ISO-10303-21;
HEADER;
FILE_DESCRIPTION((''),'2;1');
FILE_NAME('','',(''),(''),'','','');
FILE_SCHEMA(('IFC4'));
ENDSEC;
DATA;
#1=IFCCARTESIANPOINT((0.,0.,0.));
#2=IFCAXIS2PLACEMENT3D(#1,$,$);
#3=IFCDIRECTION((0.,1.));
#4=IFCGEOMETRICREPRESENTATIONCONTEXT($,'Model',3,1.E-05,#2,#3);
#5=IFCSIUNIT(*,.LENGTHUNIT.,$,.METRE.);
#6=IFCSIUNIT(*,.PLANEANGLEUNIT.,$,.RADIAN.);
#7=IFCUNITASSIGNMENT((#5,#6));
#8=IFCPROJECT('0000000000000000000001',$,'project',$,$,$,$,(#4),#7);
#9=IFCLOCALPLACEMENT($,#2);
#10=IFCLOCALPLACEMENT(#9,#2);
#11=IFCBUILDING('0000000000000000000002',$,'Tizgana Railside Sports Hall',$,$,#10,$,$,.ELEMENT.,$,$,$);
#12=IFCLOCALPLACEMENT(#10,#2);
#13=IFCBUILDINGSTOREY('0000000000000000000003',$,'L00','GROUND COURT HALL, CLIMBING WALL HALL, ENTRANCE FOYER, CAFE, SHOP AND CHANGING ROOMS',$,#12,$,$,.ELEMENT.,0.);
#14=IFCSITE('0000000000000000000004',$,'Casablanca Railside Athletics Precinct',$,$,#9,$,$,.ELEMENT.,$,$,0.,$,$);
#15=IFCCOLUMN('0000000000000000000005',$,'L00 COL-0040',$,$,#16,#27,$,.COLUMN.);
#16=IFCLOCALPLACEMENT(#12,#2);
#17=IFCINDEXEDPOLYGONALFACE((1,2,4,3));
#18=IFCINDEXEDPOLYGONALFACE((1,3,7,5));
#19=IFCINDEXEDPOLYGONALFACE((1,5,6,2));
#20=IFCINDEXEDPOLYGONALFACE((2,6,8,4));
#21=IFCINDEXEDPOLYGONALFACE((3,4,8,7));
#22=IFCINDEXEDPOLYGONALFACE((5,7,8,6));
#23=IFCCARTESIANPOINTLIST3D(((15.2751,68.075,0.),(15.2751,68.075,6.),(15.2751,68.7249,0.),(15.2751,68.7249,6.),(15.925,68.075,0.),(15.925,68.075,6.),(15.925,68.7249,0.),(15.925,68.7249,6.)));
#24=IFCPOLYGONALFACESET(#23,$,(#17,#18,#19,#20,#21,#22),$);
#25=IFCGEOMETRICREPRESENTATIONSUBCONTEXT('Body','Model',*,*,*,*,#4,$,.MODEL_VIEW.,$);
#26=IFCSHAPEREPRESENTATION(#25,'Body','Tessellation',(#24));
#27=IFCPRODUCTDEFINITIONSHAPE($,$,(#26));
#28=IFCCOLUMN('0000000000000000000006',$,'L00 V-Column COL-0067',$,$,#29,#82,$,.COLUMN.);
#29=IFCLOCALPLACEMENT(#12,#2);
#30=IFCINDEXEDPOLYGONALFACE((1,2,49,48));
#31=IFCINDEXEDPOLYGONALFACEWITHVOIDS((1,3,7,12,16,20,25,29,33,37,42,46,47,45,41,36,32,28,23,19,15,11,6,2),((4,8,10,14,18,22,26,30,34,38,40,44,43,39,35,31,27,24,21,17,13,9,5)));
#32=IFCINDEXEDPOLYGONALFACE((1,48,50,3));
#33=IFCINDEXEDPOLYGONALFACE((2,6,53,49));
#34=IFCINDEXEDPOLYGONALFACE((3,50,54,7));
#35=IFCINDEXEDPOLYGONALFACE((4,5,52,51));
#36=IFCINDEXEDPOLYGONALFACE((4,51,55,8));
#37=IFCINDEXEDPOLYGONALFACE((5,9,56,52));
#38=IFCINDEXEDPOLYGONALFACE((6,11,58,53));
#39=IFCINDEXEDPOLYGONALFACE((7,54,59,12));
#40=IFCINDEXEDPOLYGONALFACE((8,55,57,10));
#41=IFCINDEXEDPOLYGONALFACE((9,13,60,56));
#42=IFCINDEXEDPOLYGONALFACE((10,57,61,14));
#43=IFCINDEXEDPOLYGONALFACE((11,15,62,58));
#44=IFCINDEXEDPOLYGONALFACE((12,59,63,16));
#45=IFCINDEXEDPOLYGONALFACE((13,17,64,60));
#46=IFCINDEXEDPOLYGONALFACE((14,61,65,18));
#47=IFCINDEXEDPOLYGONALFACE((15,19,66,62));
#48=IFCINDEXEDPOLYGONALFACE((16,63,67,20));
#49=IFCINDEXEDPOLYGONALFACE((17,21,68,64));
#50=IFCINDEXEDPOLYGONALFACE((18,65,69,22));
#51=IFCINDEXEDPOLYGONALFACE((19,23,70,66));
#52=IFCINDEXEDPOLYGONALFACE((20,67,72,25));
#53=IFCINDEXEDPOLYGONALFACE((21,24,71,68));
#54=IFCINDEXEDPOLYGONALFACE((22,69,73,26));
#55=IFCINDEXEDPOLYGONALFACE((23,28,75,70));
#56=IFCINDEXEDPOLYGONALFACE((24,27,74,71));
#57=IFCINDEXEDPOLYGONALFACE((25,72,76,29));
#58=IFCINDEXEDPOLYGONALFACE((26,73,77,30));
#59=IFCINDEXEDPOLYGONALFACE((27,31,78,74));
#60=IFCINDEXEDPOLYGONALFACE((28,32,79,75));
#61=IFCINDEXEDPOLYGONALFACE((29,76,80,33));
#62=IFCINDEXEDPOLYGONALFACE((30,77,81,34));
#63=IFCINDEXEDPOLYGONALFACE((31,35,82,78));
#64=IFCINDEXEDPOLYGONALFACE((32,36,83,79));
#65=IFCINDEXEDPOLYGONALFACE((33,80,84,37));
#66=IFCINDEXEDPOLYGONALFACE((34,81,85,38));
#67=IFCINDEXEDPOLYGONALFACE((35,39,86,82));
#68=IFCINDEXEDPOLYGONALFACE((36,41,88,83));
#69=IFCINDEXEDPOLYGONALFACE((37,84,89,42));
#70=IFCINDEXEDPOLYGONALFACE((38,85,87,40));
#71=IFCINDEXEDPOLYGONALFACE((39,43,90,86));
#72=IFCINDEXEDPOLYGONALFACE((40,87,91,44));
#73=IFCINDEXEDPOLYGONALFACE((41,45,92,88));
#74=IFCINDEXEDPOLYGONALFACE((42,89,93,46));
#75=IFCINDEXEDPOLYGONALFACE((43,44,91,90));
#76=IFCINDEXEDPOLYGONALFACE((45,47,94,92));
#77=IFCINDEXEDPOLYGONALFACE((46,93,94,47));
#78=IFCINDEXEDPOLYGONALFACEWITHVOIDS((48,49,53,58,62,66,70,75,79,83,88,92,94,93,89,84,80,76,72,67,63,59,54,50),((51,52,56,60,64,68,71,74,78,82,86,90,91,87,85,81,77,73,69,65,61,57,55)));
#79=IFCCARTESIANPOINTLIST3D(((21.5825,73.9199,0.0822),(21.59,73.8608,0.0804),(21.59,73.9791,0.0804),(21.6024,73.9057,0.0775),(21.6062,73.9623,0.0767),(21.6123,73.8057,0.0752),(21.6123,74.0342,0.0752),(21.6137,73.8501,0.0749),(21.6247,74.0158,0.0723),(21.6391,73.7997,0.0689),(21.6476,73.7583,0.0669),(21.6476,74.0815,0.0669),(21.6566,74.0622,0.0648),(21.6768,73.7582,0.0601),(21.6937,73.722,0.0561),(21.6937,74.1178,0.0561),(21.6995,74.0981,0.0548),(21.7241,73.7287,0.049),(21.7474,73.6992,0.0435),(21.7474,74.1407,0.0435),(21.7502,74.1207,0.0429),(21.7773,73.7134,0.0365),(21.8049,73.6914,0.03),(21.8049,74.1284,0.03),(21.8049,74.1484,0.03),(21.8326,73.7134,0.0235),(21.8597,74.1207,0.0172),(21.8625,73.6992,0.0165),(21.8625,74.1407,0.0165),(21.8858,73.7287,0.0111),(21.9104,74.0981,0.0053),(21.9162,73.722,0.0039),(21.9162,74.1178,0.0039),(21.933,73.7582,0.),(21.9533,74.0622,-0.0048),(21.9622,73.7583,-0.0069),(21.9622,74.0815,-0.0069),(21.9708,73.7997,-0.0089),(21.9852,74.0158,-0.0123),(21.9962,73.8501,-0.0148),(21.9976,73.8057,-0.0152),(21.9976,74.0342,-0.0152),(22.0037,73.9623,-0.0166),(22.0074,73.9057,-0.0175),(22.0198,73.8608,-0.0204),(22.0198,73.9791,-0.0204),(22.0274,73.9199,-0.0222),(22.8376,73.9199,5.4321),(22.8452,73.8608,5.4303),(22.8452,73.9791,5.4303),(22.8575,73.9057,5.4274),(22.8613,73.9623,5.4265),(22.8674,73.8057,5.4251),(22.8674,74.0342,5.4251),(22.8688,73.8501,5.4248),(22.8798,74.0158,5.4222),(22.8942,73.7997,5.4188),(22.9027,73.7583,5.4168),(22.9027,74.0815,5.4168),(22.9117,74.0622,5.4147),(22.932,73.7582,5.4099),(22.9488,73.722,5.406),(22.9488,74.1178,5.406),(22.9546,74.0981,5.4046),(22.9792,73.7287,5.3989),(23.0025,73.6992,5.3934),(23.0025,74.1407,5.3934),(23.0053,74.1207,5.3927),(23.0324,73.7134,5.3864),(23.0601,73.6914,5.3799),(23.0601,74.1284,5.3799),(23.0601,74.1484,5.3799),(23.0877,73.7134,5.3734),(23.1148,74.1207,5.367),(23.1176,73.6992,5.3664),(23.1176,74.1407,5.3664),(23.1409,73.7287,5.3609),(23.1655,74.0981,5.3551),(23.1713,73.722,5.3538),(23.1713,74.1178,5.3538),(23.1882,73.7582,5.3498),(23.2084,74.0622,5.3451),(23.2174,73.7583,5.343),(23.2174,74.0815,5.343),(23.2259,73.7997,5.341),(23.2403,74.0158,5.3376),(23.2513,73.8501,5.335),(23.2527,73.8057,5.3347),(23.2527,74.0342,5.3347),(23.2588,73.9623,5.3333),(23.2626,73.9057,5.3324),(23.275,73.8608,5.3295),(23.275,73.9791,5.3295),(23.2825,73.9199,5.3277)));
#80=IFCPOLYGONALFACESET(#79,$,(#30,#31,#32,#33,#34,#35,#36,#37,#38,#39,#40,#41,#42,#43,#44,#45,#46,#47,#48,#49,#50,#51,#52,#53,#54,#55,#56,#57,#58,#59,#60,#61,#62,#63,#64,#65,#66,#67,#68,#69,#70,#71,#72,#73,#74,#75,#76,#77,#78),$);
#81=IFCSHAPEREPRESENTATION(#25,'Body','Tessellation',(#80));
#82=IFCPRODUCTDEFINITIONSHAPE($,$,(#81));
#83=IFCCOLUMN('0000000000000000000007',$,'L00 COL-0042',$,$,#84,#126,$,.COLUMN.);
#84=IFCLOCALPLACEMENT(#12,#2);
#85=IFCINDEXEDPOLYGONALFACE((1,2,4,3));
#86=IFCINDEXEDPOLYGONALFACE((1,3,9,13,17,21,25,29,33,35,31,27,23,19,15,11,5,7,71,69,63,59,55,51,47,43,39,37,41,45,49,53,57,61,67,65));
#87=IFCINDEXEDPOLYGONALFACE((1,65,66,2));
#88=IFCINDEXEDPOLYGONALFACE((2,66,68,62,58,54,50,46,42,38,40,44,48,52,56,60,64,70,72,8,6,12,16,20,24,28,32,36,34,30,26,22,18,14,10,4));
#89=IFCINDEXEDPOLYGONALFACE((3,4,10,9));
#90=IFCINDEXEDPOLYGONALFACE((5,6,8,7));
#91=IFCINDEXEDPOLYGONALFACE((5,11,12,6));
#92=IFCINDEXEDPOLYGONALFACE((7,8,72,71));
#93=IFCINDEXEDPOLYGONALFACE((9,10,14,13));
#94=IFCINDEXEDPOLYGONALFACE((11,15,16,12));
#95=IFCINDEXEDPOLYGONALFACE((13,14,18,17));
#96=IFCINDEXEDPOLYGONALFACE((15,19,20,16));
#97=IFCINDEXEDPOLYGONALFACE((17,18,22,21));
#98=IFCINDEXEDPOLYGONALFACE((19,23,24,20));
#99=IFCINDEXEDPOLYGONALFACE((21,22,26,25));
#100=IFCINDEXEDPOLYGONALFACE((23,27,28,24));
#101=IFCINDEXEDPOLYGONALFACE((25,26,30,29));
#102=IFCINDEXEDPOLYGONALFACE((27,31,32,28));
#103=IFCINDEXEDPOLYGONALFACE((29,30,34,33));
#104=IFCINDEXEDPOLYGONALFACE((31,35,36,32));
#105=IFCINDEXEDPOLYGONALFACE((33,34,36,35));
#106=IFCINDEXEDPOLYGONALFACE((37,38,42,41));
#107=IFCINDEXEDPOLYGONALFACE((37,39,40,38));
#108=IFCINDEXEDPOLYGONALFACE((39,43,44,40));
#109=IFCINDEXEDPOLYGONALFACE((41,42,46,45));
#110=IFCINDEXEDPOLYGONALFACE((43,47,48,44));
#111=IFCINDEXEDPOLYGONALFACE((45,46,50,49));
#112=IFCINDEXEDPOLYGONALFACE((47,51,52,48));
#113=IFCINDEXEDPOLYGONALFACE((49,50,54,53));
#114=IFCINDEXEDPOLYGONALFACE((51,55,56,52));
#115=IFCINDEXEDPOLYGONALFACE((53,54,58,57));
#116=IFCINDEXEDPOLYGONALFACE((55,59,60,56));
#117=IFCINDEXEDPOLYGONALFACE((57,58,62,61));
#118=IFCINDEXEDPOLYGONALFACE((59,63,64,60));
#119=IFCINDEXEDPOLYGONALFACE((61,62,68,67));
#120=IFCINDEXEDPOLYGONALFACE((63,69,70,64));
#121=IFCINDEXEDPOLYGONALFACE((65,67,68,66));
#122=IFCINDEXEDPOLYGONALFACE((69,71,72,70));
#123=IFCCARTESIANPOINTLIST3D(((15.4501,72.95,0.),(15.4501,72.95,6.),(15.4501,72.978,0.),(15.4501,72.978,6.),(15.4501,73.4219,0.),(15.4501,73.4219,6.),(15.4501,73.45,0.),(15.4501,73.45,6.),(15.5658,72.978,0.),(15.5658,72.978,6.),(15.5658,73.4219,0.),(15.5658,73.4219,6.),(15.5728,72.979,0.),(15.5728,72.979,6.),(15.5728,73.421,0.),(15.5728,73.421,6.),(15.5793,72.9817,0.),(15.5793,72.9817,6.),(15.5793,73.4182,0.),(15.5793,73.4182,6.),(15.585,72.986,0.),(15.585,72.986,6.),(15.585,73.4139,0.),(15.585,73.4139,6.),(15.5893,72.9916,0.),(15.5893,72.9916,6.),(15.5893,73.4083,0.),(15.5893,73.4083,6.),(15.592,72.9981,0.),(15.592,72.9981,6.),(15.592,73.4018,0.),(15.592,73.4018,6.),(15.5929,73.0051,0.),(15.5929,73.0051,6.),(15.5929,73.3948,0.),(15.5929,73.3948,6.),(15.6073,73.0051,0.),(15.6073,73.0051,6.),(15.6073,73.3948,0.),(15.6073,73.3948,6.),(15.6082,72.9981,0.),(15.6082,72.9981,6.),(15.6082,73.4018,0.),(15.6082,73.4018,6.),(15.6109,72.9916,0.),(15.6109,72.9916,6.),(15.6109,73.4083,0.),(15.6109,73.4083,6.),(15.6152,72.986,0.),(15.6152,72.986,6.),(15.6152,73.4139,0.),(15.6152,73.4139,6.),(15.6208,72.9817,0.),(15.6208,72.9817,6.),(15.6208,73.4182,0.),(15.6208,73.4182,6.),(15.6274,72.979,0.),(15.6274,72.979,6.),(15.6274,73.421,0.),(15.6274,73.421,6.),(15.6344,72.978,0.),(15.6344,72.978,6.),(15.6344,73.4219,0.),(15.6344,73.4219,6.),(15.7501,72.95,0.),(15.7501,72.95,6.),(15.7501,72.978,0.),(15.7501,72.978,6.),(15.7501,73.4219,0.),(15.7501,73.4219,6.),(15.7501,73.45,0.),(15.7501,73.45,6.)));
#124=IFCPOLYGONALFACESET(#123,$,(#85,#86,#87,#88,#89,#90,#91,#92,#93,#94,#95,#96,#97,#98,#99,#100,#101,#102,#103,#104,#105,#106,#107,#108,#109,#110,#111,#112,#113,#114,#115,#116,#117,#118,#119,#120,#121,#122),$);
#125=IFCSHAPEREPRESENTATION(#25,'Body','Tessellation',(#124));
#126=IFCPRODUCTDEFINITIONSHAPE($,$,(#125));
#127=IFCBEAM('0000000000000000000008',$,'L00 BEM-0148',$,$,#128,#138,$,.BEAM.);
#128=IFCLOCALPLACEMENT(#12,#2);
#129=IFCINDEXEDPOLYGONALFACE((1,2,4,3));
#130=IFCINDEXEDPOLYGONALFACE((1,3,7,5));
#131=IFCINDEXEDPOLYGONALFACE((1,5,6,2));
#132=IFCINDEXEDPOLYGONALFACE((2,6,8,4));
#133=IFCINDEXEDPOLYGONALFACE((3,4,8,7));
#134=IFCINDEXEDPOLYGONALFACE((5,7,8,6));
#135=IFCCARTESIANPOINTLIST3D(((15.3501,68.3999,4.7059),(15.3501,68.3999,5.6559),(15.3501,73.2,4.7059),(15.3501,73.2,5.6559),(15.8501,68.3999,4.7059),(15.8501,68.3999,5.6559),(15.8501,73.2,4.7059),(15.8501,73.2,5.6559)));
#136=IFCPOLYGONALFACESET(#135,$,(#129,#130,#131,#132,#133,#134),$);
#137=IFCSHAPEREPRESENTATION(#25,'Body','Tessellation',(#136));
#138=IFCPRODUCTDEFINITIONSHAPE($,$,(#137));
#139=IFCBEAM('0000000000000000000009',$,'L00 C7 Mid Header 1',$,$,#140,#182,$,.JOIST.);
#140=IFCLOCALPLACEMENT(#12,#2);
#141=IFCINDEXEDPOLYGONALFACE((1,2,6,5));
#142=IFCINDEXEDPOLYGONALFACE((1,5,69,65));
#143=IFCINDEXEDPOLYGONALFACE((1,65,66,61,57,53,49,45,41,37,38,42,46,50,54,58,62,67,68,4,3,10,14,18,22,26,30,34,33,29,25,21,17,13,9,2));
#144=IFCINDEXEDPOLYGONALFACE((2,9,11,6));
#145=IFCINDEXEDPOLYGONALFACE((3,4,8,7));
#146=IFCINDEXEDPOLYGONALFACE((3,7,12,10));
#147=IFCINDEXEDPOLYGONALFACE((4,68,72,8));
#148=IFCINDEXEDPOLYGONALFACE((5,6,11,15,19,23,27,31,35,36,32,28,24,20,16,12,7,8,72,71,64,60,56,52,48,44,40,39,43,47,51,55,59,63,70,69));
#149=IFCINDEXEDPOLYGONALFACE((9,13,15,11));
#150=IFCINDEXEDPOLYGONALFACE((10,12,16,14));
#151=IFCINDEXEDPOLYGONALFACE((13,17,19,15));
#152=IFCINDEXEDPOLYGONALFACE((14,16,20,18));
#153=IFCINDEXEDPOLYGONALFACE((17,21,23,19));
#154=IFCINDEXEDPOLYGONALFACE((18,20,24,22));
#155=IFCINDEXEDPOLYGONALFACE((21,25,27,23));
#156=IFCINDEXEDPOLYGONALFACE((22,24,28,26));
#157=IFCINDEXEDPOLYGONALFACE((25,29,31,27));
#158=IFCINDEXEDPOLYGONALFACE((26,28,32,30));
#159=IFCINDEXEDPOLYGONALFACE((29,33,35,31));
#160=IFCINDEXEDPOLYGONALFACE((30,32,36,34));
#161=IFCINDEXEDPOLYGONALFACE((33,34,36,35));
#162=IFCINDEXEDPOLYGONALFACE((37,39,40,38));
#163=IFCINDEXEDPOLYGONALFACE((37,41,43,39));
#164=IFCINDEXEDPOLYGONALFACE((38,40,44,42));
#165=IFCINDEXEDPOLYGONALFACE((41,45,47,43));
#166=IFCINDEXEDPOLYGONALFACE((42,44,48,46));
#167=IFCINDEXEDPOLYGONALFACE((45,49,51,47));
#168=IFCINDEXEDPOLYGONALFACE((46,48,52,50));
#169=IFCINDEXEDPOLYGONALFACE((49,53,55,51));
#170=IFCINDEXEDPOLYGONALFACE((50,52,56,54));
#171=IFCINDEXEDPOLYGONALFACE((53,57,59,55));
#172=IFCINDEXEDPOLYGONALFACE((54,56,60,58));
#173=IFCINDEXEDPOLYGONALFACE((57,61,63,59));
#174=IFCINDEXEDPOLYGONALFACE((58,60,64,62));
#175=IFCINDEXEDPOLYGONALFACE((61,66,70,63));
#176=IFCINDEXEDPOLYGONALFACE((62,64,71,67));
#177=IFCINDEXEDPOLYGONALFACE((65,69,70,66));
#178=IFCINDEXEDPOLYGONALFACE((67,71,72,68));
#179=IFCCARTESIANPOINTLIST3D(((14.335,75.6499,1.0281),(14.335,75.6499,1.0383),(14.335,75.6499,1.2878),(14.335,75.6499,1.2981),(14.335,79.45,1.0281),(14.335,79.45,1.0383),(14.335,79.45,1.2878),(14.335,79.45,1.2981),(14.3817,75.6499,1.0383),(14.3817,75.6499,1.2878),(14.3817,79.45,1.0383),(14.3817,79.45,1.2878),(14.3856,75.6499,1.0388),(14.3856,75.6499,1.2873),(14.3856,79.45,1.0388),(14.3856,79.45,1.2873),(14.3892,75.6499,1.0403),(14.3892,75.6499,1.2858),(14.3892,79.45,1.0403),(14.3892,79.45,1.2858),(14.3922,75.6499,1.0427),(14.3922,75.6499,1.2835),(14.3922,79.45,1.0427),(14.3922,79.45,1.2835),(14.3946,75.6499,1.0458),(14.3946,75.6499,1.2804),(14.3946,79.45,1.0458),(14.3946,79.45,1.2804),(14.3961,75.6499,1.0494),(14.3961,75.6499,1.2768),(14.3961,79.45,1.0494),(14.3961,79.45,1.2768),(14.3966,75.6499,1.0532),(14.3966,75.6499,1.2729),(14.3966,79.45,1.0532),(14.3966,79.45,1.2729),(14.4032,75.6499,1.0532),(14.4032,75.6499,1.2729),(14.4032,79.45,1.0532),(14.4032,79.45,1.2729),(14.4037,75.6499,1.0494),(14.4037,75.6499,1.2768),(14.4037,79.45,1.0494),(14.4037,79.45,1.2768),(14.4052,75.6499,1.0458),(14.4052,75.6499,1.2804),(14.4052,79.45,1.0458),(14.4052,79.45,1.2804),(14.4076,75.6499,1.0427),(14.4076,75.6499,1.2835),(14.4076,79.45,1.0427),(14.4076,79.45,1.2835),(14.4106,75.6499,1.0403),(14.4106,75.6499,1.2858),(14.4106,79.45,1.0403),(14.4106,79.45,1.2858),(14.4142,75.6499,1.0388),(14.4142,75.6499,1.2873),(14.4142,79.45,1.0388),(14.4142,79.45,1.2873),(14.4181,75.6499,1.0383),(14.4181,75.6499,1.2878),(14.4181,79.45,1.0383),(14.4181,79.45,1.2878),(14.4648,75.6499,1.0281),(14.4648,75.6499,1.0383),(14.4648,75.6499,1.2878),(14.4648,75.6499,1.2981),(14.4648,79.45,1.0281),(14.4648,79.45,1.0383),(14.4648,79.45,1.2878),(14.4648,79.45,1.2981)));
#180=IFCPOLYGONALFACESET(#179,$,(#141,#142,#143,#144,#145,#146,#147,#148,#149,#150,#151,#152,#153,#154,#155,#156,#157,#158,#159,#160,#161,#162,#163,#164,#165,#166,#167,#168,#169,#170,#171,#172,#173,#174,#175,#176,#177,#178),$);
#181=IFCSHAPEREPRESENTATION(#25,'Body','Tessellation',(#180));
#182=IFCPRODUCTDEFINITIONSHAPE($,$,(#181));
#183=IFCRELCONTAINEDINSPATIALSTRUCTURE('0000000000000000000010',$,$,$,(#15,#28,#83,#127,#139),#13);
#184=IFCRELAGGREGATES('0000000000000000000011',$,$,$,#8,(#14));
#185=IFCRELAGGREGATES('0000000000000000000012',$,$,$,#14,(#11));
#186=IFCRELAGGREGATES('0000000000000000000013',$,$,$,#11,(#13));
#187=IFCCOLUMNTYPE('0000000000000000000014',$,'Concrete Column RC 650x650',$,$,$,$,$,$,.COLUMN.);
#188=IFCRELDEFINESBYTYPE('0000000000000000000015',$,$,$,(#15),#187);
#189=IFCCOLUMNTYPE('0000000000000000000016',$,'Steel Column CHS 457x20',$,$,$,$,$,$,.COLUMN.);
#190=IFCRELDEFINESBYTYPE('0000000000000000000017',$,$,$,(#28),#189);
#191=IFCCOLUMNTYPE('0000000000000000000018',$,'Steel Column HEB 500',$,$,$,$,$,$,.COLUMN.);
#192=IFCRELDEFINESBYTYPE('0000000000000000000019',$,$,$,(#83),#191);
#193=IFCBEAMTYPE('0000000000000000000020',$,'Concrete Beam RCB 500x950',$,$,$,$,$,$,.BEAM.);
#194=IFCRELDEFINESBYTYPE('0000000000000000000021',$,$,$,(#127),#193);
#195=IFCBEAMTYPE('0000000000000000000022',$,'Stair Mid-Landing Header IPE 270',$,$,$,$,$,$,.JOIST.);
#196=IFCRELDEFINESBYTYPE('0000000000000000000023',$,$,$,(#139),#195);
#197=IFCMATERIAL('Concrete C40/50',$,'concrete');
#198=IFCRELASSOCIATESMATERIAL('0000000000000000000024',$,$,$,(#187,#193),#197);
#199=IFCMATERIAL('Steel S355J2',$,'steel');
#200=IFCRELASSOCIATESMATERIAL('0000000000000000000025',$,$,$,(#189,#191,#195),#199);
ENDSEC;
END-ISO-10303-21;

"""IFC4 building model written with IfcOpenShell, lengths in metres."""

from ifc_helpers import new_model, si_unit, direction, frame, origin, origin_2d, place, context, subcontext, project, spatial, rectangle, hollow_circle, i_section, extrude, material, material_profile, profile_set, type_object, element, save


model = new_model("IFC4")

# Units and contexts
model_context = context("Model", 3, precision=1e-05, world=origin(), true_north=direction((0.0, 1.0)))
body_context = subcontext(model_context, "Body", "Model", "MODEL_VIEW")
ifc_project = project(units=[si_unit("LENGTHUNIT", "METRE"), si_unit("PLANEANGLEUNIT", "RADIAN")], contexts=[model_context])

# Site, building, storey
site_placement = place(None, origin())
site = spatial("IfcSite", under=ifc_project, at=site_placement, Name="Casablanca Railside Athletics Precinct", CompositionType="ELEMENT", RefElevation=0.0)
building_placement = place(site_placement, origin())
building = spatial("IfcBuilding", under=site, at=building_placement, Name="Tizgana Railside Sports Hall", CompositionType="ELEMENT")
storey_placement = place(building_placement, origin())
storey = spatial("IfcBuildingStorey", under=building, at=storey_placement, Name="L00", Description="GROUND COURT HALL, CLIMBING WALL HALL, ENTRANCE FOYER, CAFE, SHOP AND CHANGING ROOMS", CompositionType="ELEMENT", Elevation=0.0)

# Columns
ifc_material_1 = material(Name="Concrete C40/50", Category="concrete")
ifc_material_profile_1 = material_profile(ifc_material_1, rectangle(XDim=0.6499, YDim=0.6499, at=origin_2d()), Name="RC 650x650")
ifc_profile_set_1 = profile_set([ifc_material_profile_1], Name="Concrete C40/50")
column_type_1 = type_object("IfcColumnType", Name="Concrete Column RC 650x650", PredefinedType="COLUMN", material=ifc_profile_set_1)
column_1_placement = place(storey_placement, frame((15.6001, 68.3999, 0.0), z_axis=(0.0, 0.0, 1.0), x_axis=(1.0, 0.0, 0.0)))
element("IfcColumn", 1, at=column_1_placement, inside=storey, type_object=column_type_1, Name="L00 COL-0040", PredefinedType="COLUMN", context=body_context, shape_type="SweptSolid", body=[
    extrude(rectangle(XDim=0.6499, YDim=0.6499, at=origin_2d()), origin(), (0.0, 0.0, 1.0), 6.0),
])
ifc_material_2 = material(Name="Steel S355J2", Category="steel")
ifc_material_profile_2 = material_profile(ifc_material_2, hollow_circle(Radius=0.2285, WallThickness=0.02, at=origin_2d()), Name="CHS 457x20")
ifc_profile_set_2 = profile_set([ifc_material_profile_2], Name="Steel S355J2")
column_type_2 = type_object("IfcColumnType", Name="Steel Column CHS 457x20", PredefinedType="COLUMN", material=ifc_profile_set_2)
column_2_placement = place(storey_placement, frame((21.8049, 73.9199, 0.03), z_axis=(0.228408, 0.0, 0.973566), x_axis=(0.0, 1.0, 0.0)))
element("IfcColumn", 2, at=column_2_placement, inside=storey, type_object=column_type_2, Name="L00 V-Column COL-0067", PredefinedType="COLUMN", context=body_context, shape_type="SweptSolid", body=[
    extrude(hollow_circle(Radius=0.2285, WallThickness=0.02, at=origin_2d()), origin(), (0.0, 0.0, 1.0), 5.4951),
])
ifc_material_profile_3 = material_profile(ifc_material_2, i_section(OverallWidth=0.3, OverallDepth=0.5, WebThickness=0.0144, FlangeThickness=0.0281, FilletRadius=0.0271, at=origin_2d()), Name="HEB 500")
ifc_profile_set_3 = profile_set([ifc_material_profile_3], Name="Steel S355J2")
column_type_3 = type_object("IfcColumnType", Name="Steel Column HEB 500", PredefinedType="COLUMN", material=ifc_profile_set_3)
column_3_placement = place(storey_placement, frame((15.6001, 73.2, 0.0), z_axis=(0.0, 0.0, 1.0), x_axis=(1.0, 0.0, 0.0)))
element("IfcColumn", 3, at=column_3_placement, inside=storey, type_object=column_type_3, Name="L00 COL-0042", PredefinedType="COLUMN", context=body_context, shape_type="SweptSolid", body=[
    extrude(i_section(OverallWidth=0.3, OverallDepth=0.5, WebThickness=0.0144, FlangeThickness=0.0281, FilletRadius=0.0271, at=origin_2d()), origin(), (0.0, 0.0, 1.0), 6.0),
])

# Beams
ifc_material_profile_4 = material_profile(ifc_material_1, rectangle(XDim=0.5, YDim=0.95, at=origin_2d()), Name="RCB 500x950")
ifc_profile_set_4 = profile_set([ifc_material_profile_4], Name="Concrete C40/50")
beam_type_1 = type_object("IfcBeamType", Name="Concrete Beam RCB 500x950", PredefinedType="BEAM", material=ifc_profile_set_4)
beam_1_placement = place(storey_placement, frame((15.6001, 68.3999, 5.1809), z_axis=(0.0, 1.0, 0.0), x_axis=(-1.0, 0.0, 0.0)))
element("IfcBeam", 4, at=beam_1_placement, inside=storey, type_object=beam_type_1, Name="L00 BEM-0148", PredefinedType="BEAM", context=body_context, shape_type="SweptSolid", body=[
    extrude(rectangle(XDim=0.5, YDim=0.95, at=origin_2d()), origin(), (0.0, 0.0, 1.0), 4.8),
])
ifc_material_profile_5 = material_profile(ifc_material_2, i_section(OverallWidth=0.1299, OverallDepth=0.27, WebThickness=0.0066, FlangeThickness=0.0103, FilletRadius=0.0149, at=origin_2d()), Name="IPE 270")
ifc_profile_set_5 = profile_set([ifc_material_profile_5], Name="Steel S355J2")
beam_type_2 = type_object("IfcBeamType", Name="Stair Mid-Landing Header IPE 270", PredefinedType="JOIST", material=ifc_profile_set_5)
for number, where, z_axis, x_axis, name in (
    (5, (14.3999, 75.6499, 1.1631), (0.0, 1.0, 0.0), (-1.0, 0.0, 0.0), "L00 C7 Mid Header 1"),
):
    element("IfcBeam", number, at=place(storey_placement, frame(where, z_axis=z_axis, x_axis=x_axis)), inside=storey, type_object=beam_type_2, Name=name, PredefinedType="JOIST", context=body_context, shape_type="SweptSolid", body=[
        extrude(i_section(OverallWidth=0.1299, OverallDepth=0.27, WebThickness=0.0066, FlangeThickness=0.0103, FilletRadius=0.0149, at=origin_2d()), origin(), (0.0, 0.0, 1.0), 3.8),
    ])

save(model, "model.ifc")
